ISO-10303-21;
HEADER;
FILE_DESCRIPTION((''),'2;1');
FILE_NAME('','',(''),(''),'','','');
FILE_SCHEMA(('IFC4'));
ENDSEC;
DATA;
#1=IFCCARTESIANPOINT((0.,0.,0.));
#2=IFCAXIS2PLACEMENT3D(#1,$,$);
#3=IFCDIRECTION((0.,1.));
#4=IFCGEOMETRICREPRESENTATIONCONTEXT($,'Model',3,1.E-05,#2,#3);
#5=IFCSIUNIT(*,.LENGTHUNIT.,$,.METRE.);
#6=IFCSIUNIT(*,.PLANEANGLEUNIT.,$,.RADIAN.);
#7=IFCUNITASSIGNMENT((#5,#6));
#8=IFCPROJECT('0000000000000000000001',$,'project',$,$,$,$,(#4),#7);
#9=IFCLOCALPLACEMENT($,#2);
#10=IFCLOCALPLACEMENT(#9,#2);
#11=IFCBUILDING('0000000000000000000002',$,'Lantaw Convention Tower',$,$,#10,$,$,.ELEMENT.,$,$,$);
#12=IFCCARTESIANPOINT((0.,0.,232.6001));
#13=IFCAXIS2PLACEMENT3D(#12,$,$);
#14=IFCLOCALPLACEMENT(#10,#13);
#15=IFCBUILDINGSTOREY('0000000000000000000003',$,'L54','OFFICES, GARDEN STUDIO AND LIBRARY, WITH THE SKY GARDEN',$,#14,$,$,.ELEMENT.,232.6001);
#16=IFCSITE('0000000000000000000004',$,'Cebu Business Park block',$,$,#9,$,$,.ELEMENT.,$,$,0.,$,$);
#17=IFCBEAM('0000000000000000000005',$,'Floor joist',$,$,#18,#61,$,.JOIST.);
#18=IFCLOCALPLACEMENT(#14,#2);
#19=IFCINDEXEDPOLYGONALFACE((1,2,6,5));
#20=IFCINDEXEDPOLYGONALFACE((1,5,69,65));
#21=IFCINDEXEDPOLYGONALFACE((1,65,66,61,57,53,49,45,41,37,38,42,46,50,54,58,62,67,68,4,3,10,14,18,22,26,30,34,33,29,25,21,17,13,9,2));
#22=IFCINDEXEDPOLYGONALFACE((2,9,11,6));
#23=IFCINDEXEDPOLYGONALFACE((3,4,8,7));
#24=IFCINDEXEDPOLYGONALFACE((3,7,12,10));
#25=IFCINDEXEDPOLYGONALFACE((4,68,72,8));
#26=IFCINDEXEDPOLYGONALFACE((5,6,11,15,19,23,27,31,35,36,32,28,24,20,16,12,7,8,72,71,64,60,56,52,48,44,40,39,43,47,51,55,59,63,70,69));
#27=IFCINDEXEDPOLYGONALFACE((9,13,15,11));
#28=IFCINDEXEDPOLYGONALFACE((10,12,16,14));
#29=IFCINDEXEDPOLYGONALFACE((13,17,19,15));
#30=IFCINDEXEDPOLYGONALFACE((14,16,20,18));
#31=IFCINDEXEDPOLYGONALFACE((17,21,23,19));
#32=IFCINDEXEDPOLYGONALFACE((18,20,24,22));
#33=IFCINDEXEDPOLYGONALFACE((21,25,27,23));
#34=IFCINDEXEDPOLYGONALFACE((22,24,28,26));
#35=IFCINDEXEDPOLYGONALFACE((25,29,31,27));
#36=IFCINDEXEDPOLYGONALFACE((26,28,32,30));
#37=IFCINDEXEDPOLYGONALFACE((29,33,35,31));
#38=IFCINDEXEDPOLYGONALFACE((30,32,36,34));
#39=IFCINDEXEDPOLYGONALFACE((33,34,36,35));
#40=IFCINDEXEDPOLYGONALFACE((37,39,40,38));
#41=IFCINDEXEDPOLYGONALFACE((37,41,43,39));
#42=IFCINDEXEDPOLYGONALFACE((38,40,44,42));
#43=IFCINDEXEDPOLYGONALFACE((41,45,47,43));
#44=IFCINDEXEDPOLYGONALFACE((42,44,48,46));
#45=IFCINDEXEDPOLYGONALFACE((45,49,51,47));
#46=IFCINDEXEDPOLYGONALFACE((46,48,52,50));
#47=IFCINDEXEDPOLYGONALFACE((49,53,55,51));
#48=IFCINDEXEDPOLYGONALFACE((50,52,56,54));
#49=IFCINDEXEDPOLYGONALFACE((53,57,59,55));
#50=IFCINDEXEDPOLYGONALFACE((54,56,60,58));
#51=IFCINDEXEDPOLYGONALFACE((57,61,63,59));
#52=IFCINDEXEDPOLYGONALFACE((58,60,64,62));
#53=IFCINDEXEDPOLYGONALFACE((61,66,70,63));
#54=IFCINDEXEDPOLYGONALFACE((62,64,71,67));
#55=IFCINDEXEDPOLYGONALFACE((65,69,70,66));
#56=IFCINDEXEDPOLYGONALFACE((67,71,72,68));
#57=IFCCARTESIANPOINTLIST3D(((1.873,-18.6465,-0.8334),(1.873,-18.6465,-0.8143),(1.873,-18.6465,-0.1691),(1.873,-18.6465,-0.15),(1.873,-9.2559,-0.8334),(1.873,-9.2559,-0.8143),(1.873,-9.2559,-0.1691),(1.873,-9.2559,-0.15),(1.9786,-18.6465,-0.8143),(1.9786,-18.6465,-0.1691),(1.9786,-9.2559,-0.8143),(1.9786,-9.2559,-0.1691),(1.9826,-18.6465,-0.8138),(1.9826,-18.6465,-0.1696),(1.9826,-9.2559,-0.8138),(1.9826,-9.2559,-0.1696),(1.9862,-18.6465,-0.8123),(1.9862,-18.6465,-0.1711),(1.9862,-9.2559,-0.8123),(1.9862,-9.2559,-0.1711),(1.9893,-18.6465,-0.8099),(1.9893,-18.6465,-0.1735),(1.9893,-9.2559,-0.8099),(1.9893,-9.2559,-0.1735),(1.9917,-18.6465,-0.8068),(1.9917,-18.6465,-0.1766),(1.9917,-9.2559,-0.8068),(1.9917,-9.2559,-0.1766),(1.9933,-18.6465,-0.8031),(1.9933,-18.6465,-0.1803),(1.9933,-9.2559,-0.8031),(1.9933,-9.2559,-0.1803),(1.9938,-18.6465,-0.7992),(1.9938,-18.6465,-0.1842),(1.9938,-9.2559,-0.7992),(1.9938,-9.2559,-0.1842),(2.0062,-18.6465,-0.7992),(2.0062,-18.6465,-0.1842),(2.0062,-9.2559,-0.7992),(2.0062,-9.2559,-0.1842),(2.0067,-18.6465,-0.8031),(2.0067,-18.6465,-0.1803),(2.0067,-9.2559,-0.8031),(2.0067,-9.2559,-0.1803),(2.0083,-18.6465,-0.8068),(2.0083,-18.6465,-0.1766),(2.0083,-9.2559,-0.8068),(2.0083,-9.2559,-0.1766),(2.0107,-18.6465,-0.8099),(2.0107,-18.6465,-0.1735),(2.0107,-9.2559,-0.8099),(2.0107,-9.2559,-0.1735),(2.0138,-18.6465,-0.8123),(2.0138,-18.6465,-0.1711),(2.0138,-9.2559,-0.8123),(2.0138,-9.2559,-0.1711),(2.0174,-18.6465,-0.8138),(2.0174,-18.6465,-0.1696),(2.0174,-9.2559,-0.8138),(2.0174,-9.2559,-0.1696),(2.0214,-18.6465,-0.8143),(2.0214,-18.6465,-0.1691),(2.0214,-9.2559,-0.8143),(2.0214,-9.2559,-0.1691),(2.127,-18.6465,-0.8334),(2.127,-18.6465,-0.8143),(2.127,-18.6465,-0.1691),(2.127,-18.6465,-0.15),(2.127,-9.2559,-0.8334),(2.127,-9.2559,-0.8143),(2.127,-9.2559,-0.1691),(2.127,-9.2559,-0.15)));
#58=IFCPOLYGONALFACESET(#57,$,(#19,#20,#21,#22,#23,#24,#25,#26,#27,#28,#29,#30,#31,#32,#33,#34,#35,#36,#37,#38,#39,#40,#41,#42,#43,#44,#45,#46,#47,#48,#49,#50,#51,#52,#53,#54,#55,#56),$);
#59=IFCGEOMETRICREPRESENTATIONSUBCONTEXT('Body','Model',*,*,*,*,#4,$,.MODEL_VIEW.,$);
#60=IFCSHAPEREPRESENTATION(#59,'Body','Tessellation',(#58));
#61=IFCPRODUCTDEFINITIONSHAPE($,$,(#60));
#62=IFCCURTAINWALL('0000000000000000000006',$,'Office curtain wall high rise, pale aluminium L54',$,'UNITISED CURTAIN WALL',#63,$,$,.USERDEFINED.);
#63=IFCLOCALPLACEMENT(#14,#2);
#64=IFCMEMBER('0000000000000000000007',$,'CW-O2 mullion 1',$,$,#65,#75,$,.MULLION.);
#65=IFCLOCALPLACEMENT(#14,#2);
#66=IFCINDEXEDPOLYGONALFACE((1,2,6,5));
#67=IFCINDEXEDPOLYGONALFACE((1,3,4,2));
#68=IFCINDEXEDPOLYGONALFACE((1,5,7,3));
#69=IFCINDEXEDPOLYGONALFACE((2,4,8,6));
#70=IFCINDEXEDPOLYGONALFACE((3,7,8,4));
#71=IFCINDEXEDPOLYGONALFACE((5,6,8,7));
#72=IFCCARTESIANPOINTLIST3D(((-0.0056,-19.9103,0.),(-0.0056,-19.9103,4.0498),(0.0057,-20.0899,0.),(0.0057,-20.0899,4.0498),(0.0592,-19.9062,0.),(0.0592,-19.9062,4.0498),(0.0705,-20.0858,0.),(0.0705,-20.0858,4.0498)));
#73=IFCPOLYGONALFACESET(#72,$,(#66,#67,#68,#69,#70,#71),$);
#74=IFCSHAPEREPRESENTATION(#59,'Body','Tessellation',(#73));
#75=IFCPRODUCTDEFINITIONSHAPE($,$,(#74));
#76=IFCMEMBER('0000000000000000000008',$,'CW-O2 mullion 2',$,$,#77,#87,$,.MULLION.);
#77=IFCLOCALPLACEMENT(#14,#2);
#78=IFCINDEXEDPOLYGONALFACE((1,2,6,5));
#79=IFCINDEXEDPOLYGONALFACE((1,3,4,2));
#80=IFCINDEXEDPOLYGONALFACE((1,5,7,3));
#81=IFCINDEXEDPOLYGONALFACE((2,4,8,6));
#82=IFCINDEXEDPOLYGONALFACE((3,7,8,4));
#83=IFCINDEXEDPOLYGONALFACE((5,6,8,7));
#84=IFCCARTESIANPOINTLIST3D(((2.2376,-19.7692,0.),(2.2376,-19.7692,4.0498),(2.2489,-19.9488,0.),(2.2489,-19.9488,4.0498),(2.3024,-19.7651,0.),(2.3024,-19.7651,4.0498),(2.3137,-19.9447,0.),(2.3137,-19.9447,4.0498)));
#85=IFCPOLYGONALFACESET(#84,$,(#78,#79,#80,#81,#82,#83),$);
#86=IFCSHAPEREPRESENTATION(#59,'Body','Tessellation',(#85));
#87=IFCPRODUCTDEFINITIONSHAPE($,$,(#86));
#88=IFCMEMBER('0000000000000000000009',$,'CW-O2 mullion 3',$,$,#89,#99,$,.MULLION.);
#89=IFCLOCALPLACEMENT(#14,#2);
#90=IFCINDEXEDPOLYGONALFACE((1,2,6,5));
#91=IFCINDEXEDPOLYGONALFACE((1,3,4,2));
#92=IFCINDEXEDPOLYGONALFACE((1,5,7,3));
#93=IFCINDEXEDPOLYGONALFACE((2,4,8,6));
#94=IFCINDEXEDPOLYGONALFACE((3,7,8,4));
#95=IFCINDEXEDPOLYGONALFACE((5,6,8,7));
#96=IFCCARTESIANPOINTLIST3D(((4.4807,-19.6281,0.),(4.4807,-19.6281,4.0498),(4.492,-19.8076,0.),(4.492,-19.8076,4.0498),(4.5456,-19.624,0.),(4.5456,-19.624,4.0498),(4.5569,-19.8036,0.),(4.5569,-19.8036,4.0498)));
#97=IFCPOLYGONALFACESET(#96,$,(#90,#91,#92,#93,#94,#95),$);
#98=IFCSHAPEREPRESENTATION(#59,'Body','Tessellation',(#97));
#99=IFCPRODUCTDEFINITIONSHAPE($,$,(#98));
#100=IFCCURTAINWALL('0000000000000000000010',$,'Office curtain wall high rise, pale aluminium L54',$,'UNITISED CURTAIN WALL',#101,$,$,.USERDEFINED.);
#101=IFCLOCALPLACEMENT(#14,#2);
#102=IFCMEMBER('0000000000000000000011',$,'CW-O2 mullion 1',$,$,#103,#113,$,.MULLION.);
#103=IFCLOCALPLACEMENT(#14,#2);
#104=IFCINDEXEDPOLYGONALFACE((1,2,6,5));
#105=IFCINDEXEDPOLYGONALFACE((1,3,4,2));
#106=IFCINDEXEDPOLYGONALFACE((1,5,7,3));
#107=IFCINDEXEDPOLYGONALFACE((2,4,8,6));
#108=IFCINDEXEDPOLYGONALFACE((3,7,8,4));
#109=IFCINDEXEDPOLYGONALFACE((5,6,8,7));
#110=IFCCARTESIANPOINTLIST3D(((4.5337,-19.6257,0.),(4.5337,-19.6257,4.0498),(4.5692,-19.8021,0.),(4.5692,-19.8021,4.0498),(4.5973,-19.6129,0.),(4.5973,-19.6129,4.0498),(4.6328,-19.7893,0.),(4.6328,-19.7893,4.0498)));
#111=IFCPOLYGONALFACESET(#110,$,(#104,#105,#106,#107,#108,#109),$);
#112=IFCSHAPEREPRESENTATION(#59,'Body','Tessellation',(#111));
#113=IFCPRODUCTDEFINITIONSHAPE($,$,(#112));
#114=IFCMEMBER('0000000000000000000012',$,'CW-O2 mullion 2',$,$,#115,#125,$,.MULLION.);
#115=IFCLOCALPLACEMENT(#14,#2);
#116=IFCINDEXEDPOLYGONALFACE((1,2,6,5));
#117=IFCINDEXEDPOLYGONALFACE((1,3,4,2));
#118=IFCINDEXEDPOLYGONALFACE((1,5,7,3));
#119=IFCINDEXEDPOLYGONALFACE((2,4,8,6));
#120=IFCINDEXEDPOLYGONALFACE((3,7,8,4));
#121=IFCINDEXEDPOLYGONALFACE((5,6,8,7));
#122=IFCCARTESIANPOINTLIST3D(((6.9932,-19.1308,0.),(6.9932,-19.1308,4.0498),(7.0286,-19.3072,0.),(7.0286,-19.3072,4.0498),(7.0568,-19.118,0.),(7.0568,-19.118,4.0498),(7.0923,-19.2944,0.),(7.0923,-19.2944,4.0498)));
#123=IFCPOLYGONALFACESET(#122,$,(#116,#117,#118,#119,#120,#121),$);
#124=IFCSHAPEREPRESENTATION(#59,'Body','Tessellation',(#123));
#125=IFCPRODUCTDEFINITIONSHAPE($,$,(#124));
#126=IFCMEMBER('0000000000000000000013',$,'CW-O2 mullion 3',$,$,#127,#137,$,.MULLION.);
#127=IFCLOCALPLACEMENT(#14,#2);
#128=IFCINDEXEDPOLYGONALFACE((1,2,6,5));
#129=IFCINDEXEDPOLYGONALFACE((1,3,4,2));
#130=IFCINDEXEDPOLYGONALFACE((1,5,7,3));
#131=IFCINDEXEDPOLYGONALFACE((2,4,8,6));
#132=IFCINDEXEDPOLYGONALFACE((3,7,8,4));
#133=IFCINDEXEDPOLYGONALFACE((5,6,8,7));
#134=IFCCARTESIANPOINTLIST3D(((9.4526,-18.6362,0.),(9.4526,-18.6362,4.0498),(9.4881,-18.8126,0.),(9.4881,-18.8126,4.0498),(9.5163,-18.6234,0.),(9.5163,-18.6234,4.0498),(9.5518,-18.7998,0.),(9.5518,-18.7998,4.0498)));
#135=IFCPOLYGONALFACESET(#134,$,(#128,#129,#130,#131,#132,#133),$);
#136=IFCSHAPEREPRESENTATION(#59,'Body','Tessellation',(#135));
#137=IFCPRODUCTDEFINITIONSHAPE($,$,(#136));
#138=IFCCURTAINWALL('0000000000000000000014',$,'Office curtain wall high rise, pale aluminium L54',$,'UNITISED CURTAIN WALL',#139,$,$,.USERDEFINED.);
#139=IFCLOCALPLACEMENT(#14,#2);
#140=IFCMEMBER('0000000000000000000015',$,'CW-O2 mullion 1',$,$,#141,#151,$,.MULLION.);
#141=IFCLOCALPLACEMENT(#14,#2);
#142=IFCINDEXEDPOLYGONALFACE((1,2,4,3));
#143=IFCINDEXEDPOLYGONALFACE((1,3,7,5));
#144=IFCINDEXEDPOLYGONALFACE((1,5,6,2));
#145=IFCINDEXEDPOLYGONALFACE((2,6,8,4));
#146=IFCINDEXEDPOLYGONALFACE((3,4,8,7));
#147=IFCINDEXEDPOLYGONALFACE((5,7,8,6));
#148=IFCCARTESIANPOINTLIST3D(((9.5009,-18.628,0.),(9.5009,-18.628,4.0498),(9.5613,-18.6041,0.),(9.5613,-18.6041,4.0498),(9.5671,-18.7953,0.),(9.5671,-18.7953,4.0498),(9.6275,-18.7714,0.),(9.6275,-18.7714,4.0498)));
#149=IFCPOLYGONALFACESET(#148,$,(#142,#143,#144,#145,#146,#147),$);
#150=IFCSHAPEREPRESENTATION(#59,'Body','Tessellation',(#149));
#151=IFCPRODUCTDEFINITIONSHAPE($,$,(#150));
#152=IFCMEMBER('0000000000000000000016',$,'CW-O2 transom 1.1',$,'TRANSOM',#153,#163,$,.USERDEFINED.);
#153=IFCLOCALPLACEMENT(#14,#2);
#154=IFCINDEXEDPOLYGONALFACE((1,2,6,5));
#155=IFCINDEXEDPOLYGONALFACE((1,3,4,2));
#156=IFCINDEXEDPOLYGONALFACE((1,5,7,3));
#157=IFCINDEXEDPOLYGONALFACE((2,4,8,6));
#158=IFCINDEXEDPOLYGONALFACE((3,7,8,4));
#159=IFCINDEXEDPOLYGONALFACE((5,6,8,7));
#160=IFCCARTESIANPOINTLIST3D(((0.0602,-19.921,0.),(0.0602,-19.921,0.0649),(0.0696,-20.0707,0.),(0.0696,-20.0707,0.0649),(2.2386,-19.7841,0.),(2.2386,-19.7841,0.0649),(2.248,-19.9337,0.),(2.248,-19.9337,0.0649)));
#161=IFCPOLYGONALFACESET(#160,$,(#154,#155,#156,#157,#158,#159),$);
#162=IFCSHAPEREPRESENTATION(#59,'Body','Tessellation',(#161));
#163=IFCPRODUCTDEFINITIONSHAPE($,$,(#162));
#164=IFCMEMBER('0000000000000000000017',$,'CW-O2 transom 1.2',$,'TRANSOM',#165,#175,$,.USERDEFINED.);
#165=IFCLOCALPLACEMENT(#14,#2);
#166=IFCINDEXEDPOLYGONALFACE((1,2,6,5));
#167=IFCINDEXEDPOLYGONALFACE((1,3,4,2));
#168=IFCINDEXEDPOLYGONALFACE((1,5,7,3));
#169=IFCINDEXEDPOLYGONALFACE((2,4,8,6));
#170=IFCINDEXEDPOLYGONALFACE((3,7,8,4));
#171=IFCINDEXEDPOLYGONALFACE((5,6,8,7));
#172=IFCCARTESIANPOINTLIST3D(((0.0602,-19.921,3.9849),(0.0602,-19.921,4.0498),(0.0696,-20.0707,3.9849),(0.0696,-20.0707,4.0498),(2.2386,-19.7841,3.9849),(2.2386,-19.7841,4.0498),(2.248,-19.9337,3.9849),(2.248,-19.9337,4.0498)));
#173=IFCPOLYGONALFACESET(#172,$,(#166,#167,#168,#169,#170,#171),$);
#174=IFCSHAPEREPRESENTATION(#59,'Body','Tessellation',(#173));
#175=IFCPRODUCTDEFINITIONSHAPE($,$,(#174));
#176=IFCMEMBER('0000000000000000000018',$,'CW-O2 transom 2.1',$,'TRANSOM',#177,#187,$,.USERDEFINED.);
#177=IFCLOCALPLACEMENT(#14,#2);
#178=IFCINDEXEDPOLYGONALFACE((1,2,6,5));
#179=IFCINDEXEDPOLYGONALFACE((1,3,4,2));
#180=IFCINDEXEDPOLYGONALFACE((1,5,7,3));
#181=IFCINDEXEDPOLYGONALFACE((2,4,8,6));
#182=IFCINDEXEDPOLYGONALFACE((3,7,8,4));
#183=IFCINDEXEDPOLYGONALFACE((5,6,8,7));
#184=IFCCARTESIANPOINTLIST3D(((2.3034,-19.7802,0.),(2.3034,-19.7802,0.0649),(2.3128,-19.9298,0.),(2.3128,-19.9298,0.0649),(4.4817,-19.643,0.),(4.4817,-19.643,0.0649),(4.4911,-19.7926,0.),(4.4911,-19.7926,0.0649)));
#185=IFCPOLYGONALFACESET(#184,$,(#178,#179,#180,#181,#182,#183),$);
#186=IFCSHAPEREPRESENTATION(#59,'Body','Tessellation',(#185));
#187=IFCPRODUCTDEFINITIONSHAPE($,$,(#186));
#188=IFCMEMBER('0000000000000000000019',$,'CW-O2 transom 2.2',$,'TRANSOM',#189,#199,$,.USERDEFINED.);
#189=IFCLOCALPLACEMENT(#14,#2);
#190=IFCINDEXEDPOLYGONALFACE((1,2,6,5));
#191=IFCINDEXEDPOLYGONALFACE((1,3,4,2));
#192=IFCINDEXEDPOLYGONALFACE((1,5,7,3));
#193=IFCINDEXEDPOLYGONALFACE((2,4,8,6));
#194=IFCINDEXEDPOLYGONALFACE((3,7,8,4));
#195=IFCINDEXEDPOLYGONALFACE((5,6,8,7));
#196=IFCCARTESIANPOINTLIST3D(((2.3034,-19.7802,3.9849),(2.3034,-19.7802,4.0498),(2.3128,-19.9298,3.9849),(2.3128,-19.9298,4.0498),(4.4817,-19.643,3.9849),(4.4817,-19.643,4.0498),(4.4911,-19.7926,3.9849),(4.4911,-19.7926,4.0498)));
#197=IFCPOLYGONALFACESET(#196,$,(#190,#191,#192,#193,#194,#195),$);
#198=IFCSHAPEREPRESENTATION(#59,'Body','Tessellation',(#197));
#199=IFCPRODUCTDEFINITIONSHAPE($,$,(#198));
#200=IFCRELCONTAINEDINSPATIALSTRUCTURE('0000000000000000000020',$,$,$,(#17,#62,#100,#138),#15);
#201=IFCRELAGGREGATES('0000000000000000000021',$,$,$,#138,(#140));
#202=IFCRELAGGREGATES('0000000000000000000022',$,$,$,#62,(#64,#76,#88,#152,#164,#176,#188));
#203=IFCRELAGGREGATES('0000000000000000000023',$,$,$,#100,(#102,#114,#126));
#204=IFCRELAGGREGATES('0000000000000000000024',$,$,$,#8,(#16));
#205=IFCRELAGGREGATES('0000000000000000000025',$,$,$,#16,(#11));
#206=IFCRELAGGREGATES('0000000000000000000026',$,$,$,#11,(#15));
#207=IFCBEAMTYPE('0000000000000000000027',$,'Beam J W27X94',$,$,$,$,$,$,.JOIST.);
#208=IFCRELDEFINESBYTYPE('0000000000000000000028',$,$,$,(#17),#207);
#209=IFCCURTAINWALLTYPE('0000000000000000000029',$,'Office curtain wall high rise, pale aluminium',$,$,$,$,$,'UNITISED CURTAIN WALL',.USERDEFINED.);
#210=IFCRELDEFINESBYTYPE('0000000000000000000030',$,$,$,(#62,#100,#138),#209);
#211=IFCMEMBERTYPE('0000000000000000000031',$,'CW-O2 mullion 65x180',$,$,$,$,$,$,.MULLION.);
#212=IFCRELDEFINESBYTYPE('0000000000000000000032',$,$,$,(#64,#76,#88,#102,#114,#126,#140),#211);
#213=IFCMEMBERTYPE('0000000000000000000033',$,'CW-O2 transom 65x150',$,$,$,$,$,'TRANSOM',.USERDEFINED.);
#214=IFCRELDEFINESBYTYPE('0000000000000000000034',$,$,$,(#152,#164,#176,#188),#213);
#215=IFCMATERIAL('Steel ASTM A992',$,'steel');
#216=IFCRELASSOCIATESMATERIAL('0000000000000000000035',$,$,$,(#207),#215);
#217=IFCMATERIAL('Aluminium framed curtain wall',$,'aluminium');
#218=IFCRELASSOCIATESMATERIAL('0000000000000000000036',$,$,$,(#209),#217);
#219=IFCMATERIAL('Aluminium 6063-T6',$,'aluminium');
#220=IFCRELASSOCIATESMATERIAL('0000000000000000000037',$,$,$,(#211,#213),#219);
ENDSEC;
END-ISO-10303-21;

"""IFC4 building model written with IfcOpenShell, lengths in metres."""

from ifc_helpers import new_model, si_unit, direction, frame, origin, origin_2d, place, context, subcontext, project, spatial, rectangle, i_section, extrude, material, material_profile, profile_set, type_object, element, aggregate, save


model = new_model("IFC4")

# Units and contexts
model_context = context("Model", 3, precision=1e-05, world=origin(), true_north=direction((0.0, 1.0)))
body_context = subcontext(model_context, "Body", "Model", "MODEL_VIEW")
ifc_project = project(units=[si_unit("LENGTHUNIT", "METRE"), si_unit("PLANEANGLEUNIT", "RADIAN")], contexts=[model_context])

# Site, building, storey
site_placement = place(None, origin())
site = spatial("IfcSite", under=ifc_project, at=site_placement, Name="Cebu Business Park block", CompositionType="ELEMENT", RefElevation=0.0)
building_placement = place(site_placement, origin())
building = spatial("IfcBuilding", under=site, at=building_placement, Name="Lantaw Convention Tower", CompositionType="ELEMENT")
storey_placement = place(building_placement, frame((0.0, 0.0, 232.6001)))
storey = spatial("IfcBuildingStorey", under=building, at=storey_placement, Name="L54", Description="OFFICES, GARDEN STUDIO AND LIBRARY, WITH THE SKY GARDEN", CompositionType="ELEMENT", Elevation=232.6001)

# Beam
ifc_material_1 = material(Name="Steel ASTM A992", Category="steel")
ifc_material_profile_1 = material_profile(ifc_material_1, i_section(OverallWidth=0.2539, OverallDepth=0.6833, WebThickness=0.0125, FlangeThickness=0.019, FilletRadius=0.0151, at=origin_2d()), Name="W27X94")
ifc_profile_set_1 = profile_set([ifc_material_profile_1], Name="Steel ASTM A992")
beam_type = type_object("IfcBeamType", Name="Beam J W27X94", PredefinedType="JOIST", material=ifc_profile_set_1)
beam_placement = place(storey_placement, frame((2.0, -18.6465, -0.4917), z_axis=(0.0, 1.0, 0.0), x_axis=(-1.0, 0.0, 0.0)))
element("IfcBeam", 1, at=beam_placement, inside=storey, type_object=beam_type, Name="Floor joist", PredefinedType="JOIST", context=body_context, shape_type="SweptSolid", body=[
    extrude(i_section(OverallWidth=0.2539, OverallDepth=0.6833, WebThickness=0.0125, FlangeThickness=0.019, FilletRadius=0.0151, at=origin_2d()), origin(), (0.0, 0.0, 1.0), 9.3906),
])

# Curtain walls, members
ifc_material_2 = material(Name="Aluminium framed curtain wall", Category="aluminium")
curtain_wall_type = type_object("IfcCurtainWallType", Name="Office curtain wall high rise, pale aluminium", ElementType="UNITISED CURTAIN WALL", PredefinedType="USERDEFINED", material=ifc_material_2)
curtain_wall_1_placement = place(storey_placement, origin())
curtain_wall_1 = element("IfcCurtainWall", 2, at=curtain_wall_1_placement, inside=storey, type_object=curtain_wall_type, Name="Office curtain wall high rise, pale aluminium L54", ObjectType="UNITISED CURTAIN WALL", PredefinedType="USERDEFINED")
ifc_material_3 = material(Name="Aluminium 6063-T6", Category="aluminium")
ifc_material_profile_2 = material_profile(ifc_material_3, rectangle(XDim=0.1799, YDim=0.0649, at=origin_2d()), Name="CW-O2 mullion 65x180")
ifc_profile_set_2 = profile_set([ifc_material_profile_2], Name="Aluminium 6063-T6")
member_type_1 = type_object("IfcMemberType", Name="CW-O2 mullion 65x180", PredefinedType="MULLION", material=ifc_profile_set_2)
member_1_placement = place(storey_placement, frame((0.0325, -19.998, 0.0), z_axis=(0.0, 0.0, 1.0), x_axis=(-0.062758, 0.998029, 0.0)))
member_1 = element("IfcMember", 3, at=member_1_placement, type_object=member_type_1, Name="CW-O2 mullion 1", PredefinedType="MULLION", context=body_context, shape_type="SweptSolid", body=[
    extrude(rectangle(XDim=0.1799, YDim=0.0649, at=origin_2d()), origin(), (0.0, 0.0, 1.0), 4.0498),
])
member_2_placement = place(storey_placement, frame((2.2756, -19.8569, 0.0), z_axis=(0.0, 0.0, 1.0), x_axis=(-0.062758, 0.998029, 0.0)))
member_2 = element("IfcMember", 4, at=member_2_placement, type_object=member_type_1, Name="CW-O2 mullion 2", PredefinedType="MULLION", context=body_context, shape_type="SweptSolid", body=[
    extrude(rectangle(XDim=0.1799, YDim=0.0649, at=origin_2d()), origin(), (0.0, 0.0, 1.0), 4.0498),
])
member_3_placement = place(storey_placement, frame((4.5188, -19.7158, 0.0), z_axis=(0.0, 0.0, 1.0), x_axis=(-0.062758, 0.998029, 0.0)))
member_3 = element("IfcMember", 5, at=member_3_placement, type_object=member_type_1, Name="CW-O2 mullion 3", PredefinedType="MULLION", context=body_context, shape_type="SweptSolid", body=[
    extrude(rectangle(XDim=0.1799, YDim=0.0649, at=origin_2d()), origin(), (0.0, 0.0, 1.0), 4.0498),
])
curtain_wall_2_placement = place(storey_placement, origin())
curtain_wall_2 = element("IfcCurtainWall", 6, at=curtain_wall_2_placement, inside=storey, type_object=curtain_wall_type, Name="Office curtain wall high rise, pale aluminium L54", ObjectType="UNITISED CURTAIN WALL", PredefinedType="USERDEFINED")
member_4_placement = place(storey_placement, frame((4.5833, -19.7075, 0.0), z_axis=(0.0, 0.0, 1.0), x_axis=(-0.197183, 0.980367, 0.0)))
member_4 = element("IfcMember", 7, at=member_4_placement, type_object=member_type_1, Name="CW-O2 mullion 1", PredefinedType="MULLION", context=body_context, shape_type="SweptSolid", body=[
    extrude(rectangle(XDim=0.1799, YDim=0.0649, at=origin_2d()), origin(), (0.0, 0.0, 1.0), 4.0498),
])
member_5_placement = place(storey_placement, frame((7.0427, -19.2126, 0.0), z_axis=(0.0, 0.0, 1.0), x_axis=(-0.197183, 0.980367, 0.0)))
member_5 = element("IfcMember", 8, at=member_5_placement, type_object=member_type_1, Name="CW-O2 mullion 2", PredefinedType="MULLION", context=body_context, shape_type="SweptSolid", body=[
    extrude(rectangle(XDim=0.1799, YDim=0.0649, at=origin_2d()), origin(), (0.0, 0.0, 1.0), 4.0498),
])
member_6_placement = place(storey_placement, frame((9.5022, -18.718, 0.0), z_axis=(0.0, 0.0, 1.0), x_axis=(-0.197183, 0.980367, 0.0)))
member_6 = element("IfcMember", 9, at=member_6_placement, type_object=member_type_1, Name="CW-O2 mullion 3", PredefinedType="MULLION", context=body_context, shape_type="SweptSolid", body=[
    extrude(rectangle(XDim=0.1799, YDim=0.0649, at=origin_2d()), origin(), (0.0, 0.0, 1.0), 4.0498),
])

# Curtain wall, member
curtain_wall_3_placement = place(storey_placement, origin())
curtain_wall_3 = element("IfcCurtainWall", 10, at=curtain_wall_3_placement, inside=storey, type_object=curtain_wall_type, Name="Office curtain wall high rise, pale aluminium L54", ObjectType="UNITISED CURTAIN WALL", PredefinedType="USERDEFINED")
member_7_placement = place(storey_placement, frame((9.5642, -18.6997, 0.0), z_axis=(0.0, 0.0, 1.0), x_axis=(-0.368162, 0.929762, 0.0)))
member_7 = element("IfcMember", 11, at=member_7_placement, type_object=member_type_1, Name="CW-O2 mullion 1", PredefinedType="MULLION", context=body_context, shape_type="SweptSolid", body=[
    extrude(rectangle(XDim=0.1799, YDim=0.0649, at=origin_2d()), origin(), (0.0, 0.0, 1.0), 4.0498),
])

# Members
ifc_material_profile_3 = material_profile(ifc_material_3, rectangle(XDim=0.1499, YDim=0.0649, at=origin_2d()), Name="CW-O2 transom 65x150")
ifc_profile_set_3 = profile_set([ifc_material_profile_3], Name="Aluminium 6063-T6")
member_type_2 = type_object("IfcMemberType", Name="CW-O2 transom 65x150", ElementType="TRANSOM", PredefinedType="USERDEFINED", material=ifc_profile_set_3)
member_8_placement = place(storey_placement, frame((0.0649, -19.9958, 0.0325), z_axis=(0.998029, 0.062754, 0.0), x_axis=(-0.062754, 0.998029, 0.0)))
member_8 = element("IfcMember", 12, at=member_8_placement, type_object=member_type_2, Name="CW-O2 transom 1.1", ObjectType="TRANSOM", PredefinedType="USERDEFINED", context=body_context, shape_type="SweptSolid", body=[
    extrude(rectangle(XDim=0.1499, YDim=0.0649, at=origin_2d()), origin(), (0.0, 0.0, 1.0), 2.1826),
])
member_9_placement = place(storey_placement, frame((0.0649, -19.9958, 4.0173), z_axis=(0.998029, 0.062754, 0.0), x_axis=(-0.062754, 0.998029, 0.0)))
member_9 = element("IfcMember", 13, at=member_9_placement, type_object=member_type_2, Name="CW-O2 transom 1.2", ObjectType="TRANSOM", PredefinedType="USERDEFINED", context=body_context, shape_type="SweptSolid", body=[
    extrude(rectangle(XDim=0.1499, YDim=0.0649, at=origin_2d()), origin(), (0.0, 0.0, 1.0), 2.1826),
])
member_10_placement = place(storey_placement, frame((2.3081, -19.855, 0.0325), z_axis=(0.998022, 0.062866, 0.0), x_axis=(-0.062866, 0.998022, 0.0)))
member_10 = element("IfcMember", 14, at=member_10_placement, type_object=member_type_2, Name="CW-O2 transom 2.1", ObjectType="TRANSOM", PredefinedType="USERDEFINED", context=body_context, shape_type="SweptSolid", body=[
    extrude(rectangle(XDim=0.1499, YDim=0.0649, at=origin_2d()), origin(), (0.0, 0.0, 1.0), 2.1826),
])
member_11_placement = place(storey_placement, frame((2.3081, -19.855, 4.0173), z_axis=(0.998022, 0.062866, 0.0), x_axis=(-0.062866, 0.998022, 0.0)))
member_11 = element("IfcMember", 15, at=member_11_placement, type_object=member_type_2, Name="CW-O2 transom 2.2", ObjectType="TRANSOM", PredefinedType="USERDEFINED", context=body_context, shape_type="SweptSolid", body=[
    extrude(rectangle(XDim=0.1499, YDim=0.0649, at=origin_2d()), origin(), (0.0, 0.0, 1.0), 2.1826),
])
aggregate(curtain_wall_3, [member_7])

aggregate(curtain_wall_1, [member_1, member_2, member_3, member_8, member_9, member_10, member_11])
aggregate(curtain_wall_2, [member_4, member_5, member_6])

save(model, "model.ifc")
